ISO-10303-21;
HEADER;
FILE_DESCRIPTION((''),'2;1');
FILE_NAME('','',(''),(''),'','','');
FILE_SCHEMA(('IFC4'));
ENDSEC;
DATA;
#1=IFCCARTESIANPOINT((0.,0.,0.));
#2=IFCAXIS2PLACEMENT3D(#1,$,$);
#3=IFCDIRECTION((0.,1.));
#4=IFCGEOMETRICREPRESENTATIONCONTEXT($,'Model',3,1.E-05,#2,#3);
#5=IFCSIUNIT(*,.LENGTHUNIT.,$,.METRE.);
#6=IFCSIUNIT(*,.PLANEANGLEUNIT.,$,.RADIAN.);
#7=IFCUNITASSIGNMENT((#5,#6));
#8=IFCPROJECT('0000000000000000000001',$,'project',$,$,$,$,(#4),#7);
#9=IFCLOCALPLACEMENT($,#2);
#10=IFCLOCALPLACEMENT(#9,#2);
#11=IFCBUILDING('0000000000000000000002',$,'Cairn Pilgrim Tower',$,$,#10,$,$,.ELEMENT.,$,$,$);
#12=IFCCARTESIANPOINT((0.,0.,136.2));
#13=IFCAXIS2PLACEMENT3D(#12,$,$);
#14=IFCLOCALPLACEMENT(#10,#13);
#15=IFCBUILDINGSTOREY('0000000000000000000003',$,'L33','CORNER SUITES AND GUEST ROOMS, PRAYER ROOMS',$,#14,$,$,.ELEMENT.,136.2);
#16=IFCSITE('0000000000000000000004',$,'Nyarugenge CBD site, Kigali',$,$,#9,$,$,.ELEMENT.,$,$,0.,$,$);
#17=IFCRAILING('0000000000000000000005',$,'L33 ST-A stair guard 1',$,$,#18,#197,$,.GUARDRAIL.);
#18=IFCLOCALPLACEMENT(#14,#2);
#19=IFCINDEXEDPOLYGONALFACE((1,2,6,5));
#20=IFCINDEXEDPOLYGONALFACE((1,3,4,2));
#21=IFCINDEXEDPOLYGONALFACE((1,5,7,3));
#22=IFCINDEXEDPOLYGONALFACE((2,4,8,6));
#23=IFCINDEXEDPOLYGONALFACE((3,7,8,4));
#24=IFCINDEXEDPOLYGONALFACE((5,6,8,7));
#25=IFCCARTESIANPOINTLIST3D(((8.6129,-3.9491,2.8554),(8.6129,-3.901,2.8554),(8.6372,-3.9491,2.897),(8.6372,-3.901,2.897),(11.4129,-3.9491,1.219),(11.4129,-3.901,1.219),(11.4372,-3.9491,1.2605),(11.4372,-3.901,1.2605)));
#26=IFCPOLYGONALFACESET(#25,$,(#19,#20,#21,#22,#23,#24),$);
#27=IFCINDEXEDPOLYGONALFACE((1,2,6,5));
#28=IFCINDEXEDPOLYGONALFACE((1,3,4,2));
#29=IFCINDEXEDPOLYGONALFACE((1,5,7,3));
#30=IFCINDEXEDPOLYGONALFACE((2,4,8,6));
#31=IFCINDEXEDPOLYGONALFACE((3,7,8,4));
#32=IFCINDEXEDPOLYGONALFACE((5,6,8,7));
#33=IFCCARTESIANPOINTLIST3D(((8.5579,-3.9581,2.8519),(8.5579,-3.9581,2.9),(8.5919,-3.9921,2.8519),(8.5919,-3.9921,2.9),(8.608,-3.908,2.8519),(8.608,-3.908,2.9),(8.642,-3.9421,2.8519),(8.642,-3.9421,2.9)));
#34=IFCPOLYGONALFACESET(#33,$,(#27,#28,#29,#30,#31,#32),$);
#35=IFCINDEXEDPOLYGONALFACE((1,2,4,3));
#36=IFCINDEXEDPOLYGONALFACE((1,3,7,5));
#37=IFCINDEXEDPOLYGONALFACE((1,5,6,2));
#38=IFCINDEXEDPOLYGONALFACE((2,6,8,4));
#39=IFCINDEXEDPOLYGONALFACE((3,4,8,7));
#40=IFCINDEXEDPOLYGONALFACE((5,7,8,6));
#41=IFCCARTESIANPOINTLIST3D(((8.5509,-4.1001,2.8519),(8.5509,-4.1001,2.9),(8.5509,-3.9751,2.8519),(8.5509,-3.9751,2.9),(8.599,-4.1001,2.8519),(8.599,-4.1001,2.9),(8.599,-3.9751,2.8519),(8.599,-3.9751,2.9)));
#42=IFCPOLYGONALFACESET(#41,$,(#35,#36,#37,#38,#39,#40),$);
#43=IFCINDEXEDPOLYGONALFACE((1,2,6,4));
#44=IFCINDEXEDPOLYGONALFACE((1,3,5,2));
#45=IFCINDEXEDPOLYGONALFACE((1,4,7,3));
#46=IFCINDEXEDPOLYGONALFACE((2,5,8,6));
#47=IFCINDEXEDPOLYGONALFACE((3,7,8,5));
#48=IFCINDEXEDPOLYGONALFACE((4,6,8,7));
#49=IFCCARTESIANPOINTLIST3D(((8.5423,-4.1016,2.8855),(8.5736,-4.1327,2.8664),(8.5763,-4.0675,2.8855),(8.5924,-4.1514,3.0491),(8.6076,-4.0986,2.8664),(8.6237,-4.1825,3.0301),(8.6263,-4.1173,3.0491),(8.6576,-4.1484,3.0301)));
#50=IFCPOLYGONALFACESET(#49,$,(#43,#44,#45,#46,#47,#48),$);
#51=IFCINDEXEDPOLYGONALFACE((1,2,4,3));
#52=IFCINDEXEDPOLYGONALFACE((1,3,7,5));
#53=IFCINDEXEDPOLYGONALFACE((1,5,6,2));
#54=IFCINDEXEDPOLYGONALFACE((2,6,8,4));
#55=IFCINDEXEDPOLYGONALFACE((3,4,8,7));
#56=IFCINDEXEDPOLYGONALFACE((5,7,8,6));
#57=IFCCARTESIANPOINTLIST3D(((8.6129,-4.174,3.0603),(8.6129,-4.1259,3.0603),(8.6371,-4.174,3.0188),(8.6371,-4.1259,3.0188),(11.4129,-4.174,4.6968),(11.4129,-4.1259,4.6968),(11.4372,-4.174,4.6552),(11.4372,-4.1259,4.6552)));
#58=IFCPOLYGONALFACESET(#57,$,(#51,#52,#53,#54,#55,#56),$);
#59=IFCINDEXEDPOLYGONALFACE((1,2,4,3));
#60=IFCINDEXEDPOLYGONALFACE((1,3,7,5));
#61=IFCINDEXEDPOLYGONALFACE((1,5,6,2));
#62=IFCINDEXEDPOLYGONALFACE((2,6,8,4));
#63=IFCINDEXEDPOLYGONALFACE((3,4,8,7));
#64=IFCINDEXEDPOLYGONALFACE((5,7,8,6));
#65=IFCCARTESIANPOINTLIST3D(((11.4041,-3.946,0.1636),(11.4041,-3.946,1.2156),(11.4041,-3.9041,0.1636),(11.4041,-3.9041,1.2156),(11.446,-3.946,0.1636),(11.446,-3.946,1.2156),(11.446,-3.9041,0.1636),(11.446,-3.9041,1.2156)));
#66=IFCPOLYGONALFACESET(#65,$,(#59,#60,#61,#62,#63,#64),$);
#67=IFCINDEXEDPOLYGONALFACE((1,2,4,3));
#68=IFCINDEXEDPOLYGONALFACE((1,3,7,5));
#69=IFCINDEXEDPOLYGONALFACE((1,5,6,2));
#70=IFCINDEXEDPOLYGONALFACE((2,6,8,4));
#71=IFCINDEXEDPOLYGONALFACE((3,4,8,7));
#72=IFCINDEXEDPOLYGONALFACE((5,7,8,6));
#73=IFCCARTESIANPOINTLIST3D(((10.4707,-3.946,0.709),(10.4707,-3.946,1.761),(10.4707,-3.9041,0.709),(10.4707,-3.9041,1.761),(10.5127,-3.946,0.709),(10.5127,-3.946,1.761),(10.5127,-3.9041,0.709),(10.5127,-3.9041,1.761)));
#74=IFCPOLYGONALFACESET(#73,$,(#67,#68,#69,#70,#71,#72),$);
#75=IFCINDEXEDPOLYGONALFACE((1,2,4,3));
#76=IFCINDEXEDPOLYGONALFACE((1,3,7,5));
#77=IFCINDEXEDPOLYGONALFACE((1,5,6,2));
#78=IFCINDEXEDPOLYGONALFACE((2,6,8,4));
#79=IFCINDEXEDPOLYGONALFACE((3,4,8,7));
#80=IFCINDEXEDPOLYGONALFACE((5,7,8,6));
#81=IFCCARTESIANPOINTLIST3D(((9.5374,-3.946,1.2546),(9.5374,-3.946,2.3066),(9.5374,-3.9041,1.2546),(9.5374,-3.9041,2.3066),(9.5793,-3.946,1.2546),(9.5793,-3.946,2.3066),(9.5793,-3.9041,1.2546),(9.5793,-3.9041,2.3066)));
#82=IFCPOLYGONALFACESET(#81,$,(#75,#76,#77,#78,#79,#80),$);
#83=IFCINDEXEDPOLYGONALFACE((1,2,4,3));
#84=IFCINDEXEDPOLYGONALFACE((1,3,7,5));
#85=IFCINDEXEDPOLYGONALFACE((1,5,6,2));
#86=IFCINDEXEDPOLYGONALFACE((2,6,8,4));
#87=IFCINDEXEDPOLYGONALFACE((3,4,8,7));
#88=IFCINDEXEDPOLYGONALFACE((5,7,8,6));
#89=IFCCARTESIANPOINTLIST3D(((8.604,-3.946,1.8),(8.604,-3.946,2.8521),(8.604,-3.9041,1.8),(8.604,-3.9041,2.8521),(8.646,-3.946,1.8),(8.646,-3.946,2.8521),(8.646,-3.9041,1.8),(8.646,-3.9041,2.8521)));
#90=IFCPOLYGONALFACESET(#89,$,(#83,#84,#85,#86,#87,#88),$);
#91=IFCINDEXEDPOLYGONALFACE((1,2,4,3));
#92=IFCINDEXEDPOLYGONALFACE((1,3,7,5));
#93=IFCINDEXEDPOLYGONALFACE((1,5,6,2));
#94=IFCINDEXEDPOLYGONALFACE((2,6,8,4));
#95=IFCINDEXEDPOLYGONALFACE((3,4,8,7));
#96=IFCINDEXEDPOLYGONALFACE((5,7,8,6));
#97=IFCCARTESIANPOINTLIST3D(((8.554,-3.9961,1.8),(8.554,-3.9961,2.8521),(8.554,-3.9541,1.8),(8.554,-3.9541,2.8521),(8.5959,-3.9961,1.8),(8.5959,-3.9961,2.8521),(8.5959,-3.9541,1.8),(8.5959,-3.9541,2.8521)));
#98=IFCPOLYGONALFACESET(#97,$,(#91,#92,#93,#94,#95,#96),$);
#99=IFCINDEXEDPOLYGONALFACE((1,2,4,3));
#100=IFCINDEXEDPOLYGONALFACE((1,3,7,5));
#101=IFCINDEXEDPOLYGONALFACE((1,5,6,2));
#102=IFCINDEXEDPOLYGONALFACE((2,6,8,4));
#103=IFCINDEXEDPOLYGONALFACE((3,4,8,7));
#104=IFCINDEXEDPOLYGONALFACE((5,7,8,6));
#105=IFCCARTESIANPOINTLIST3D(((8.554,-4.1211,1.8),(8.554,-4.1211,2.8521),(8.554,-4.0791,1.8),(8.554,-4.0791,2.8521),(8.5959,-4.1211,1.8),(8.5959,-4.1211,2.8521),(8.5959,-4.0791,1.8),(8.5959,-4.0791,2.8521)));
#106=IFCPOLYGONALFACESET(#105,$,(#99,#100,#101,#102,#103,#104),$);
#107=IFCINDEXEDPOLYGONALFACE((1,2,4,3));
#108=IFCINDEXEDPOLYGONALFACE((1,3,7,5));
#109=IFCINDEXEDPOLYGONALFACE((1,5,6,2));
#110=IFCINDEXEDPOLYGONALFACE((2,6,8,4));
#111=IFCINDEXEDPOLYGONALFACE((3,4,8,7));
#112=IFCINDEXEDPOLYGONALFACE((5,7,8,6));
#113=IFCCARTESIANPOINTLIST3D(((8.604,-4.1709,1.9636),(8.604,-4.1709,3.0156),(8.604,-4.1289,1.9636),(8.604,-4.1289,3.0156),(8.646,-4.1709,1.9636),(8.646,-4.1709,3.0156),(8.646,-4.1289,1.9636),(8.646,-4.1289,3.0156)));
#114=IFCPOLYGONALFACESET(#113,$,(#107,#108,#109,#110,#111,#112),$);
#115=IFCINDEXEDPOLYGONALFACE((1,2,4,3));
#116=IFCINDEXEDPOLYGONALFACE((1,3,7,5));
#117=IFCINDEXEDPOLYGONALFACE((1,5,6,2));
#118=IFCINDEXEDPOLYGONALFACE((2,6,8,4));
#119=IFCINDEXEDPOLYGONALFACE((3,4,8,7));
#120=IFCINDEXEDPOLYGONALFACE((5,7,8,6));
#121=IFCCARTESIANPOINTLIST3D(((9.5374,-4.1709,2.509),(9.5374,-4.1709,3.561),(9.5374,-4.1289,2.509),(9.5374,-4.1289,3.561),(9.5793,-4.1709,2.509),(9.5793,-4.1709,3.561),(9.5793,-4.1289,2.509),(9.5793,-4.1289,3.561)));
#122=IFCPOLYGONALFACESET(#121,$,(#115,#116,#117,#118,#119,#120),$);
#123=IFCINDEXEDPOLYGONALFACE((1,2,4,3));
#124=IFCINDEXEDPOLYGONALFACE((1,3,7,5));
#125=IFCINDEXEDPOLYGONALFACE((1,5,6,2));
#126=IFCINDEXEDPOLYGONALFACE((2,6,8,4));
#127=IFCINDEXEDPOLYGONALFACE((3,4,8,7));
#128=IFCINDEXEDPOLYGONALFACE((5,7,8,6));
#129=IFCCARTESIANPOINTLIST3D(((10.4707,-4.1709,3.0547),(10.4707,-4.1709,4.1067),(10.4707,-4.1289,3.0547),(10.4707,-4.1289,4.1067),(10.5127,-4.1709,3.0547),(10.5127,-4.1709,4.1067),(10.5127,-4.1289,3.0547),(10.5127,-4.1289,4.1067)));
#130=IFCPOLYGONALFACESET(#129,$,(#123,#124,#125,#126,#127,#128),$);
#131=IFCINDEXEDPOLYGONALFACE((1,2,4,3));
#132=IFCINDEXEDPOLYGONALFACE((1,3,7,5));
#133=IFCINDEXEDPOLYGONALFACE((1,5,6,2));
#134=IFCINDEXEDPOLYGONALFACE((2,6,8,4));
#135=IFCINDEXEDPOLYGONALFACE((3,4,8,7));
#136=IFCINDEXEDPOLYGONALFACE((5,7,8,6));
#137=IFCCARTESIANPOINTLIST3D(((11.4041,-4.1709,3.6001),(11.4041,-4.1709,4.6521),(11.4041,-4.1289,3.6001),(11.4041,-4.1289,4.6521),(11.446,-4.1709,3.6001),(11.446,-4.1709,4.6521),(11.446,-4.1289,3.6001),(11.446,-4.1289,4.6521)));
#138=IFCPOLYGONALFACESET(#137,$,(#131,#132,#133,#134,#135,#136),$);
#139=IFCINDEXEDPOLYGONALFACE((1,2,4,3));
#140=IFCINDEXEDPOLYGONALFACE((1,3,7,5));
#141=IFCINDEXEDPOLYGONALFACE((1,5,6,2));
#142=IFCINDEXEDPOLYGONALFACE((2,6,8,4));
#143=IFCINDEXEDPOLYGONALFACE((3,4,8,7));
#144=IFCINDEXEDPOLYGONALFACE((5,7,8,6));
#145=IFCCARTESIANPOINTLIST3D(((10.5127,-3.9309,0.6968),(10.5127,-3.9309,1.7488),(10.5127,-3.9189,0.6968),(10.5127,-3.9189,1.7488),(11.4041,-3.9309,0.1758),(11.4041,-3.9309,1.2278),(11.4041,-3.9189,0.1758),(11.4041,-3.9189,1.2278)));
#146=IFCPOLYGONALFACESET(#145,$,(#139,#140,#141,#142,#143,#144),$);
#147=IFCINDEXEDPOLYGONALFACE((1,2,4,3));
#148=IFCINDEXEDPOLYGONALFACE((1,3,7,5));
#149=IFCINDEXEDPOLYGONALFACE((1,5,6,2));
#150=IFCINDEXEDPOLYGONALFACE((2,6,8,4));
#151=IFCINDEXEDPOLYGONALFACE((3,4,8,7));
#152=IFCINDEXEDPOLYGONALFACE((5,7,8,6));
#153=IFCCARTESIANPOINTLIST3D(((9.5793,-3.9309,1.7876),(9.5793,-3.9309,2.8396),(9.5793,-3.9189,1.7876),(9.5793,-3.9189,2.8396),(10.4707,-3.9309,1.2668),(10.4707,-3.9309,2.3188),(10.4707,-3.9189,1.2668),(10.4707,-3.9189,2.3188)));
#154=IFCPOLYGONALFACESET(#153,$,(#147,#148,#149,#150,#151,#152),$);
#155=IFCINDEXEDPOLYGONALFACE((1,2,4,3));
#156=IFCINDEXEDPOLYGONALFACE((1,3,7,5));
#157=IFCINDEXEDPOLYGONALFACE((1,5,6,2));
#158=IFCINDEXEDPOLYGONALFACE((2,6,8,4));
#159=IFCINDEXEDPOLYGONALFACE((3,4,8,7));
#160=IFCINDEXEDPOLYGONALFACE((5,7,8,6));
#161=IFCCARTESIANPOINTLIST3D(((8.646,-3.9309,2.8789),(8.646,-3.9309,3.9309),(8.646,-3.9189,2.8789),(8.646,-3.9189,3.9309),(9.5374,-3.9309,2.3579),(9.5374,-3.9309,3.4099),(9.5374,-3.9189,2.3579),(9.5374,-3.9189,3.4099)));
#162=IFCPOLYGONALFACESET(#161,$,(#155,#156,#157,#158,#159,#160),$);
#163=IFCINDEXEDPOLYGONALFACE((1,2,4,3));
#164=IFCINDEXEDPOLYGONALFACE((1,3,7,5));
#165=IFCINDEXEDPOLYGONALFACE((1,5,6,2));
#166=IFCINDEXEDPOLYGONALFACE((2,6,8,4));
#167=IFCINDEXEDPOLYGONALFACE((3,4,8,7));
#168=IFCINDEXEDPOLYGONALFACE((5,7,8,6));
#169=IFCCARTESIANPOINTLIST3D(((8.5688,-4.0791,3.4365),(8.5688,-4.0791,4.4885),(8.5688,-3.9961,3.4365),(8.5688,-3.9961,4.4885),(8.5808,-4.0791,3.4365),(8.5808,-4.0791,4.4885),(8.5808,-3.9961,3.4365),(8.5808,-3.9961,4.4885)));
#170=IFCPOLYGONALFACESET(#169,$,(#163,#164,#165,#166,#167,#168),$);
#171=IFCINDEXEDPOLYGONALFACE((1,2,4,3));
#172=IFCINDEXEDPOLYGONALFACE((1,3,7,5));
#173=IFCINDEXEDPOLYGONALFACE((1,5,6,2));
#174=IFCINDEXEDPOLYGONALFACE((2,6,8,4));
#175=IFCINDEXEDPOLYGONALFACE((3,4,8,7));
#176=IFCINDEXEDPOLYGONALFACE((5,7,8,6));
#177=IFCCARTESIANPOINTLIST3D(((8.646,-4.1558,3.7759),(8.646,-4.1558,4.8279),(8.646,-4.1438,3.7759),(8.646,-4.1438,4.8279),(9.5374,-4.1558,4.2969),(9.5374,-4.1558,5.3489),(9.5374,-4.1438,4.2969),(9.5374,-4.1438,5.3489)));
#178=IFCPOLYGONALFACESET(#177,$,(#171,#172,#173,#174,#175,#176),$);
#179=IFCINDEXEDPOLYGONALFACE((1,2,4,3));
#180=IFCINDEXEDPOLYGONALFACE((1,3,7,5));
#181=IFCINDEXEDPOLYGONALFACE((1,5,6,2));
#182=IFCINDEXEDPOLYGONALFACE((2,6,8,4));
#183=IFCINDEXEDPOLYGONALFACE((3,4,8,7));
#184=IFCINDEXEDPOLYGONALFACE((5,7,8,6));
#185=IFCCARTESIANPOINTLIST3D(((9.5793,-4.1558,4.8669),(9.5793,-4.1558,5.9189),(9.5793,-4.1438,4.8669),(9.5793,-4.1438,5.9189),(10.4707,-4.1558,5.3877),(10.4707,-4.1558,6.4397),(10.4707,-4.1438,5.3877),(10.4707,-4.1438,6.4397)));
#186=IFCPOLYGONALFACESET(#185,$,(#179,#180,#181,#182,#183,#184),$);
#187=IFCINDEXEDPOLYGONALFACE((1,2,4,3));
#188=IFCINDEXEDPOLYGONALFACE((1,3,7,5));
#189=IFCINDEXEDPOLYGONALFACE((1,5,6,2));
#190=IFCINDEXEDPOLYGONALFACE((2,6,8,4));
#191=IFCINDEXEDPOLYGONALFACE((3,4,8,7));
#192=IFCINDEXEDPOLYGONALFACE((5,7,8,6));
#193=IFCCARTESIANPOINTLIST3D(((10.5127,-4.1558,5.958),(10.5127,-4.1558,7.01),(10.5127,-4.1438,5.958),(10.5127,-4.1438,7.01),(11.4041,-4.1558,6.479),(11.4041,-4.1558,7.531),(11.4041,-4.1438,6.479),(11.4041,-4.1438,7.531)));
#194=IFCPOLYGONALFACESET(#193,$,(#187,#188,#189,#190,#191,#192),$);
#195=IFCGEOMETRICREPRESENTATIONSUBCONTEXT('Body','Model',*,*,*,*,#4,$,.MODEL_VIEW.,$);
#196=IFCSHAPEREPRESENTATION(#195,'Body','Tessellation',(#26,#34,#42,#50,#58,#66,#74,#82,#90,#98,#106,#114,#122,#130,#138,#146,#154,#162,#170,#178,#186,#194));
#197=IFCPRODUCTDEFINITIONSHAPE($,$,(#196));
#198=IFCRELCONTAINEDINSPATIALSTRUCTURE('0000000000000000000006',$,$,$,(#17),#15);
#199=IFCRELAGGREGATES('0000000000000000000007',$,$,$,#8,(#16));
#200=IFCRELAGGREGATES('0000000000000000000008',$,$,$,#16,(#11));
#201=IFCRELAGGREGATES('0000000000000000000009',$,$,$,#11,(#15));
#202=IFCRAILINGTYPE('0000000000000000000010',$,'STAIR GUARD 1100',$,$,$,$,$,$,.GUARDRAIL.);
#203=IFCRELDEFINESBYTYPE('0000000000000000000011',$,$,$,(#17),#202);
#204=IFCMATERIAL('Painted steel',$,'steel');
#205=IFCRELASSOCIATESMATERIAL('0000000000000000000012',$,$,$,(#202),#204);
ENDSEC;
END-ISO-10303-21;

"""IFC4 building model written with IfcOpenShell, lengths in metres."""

from ifc_helpers import new_model, si_unit, direction, frame, origin, origin_2d, place, context, subcontext, project, spatial, polyline, rectangle, outline, extrude, material, type_object, element, save


model = new_model("IFC4")

# Units and contexts
model_context = context("Model", 3, precision=1e-05, world=origin(), true_north=direction((0.0, 1.0)))
body_context = subcontext(model_context, "Body", "Model", "MODEL_VIEW")
ifc_project = project(units=[si_unit("LENGTHUNIT", "METRE"), si_unit("PLANEANGLEUNIT", "RADIAN")], contexts=[model_context])

# Site, building, storey
site_placement = place(None, origin())
site = spatial("IfcSite", under=ifc_project, at=site_placement, Name="Nyarugenge CBD site, Kigali", CompositionType="ELEMENT", RefElevation=0.0)
building_placement = place(site_placement, origin())
building = spatial("IfcBuilding", under=site, at=building_placement, Name="Cairn Pilgrim Tower", CompositionType="ELEMENT")
storey_placement = place(building_placement, frame((0.0, 0.0, 136.2)))
storey = spatial("IfcBuildingStorey", under=building, at=storey_placement, Name="L33", Description="CORNER SUITES AND GUEST ROOMS, PRAYER ROOMS", CompositionType="ELEMENT", Elevation=136.2)

# Railing
ifc_material_1 = material(Name="Painted steel", Category="steel")
railing_type_1 = type_object("IfcRailingType", Name="STAIR GUARD 1100", PredefinedType="GUARDRAIL", material=ifc_material_1)
railing_1_placement = place(storey_placement, frame((11.425, -3.925, 0.1636)))
element("IfcRailing", 1, at=railing_1_placement, inside=storey, type_object=railing_type_1, Name="L33 ST-A stair guard 1", PredefinedType="GUARDRAIL", context=body_context, shape_type="SweptSolid", body=[
    extrude(rectangle(XDim=0.0481, YDim=0.0481, at=origin_2d()), frame((0.0, 0.0, 1.0762), z_axis=(-0.863361, 0.0, 0.504587), x_axis=(0.0, -1.0, 0.0)), (0.0, 0.0, 1.0), 3.2432),
    extrude(rectangle(XDim=0.0481, YDim=0.0481, at=origin_2d()), frame((-2.8, 0.0, 2.7124), z_axis=(-0.707107, -0.707107, 0.0), x_axis=(0.707107, -0.707107, 0.0)), (0.0, 0.0, 1.0), 0.0708),
    extrude(rectangle(XDim=0.0481, YDim=0.0481, at=origin_2d()), frame((-2.8501, -0.05, 2.7124), z_axis=(0.0, -1.0, 0.0), x_axis=(1.0, 0.0, 0.0)), (0.0, 0.0, 1.0), 0.125),
    extrude(rectangle(XDim=0.0481, YDim=0.0481, at=origin_2d()), frame((-2.8501, -0.175, 2.7124), z_axis=(0.280917, -0.279546, 0.918118), x_axis=(0.705376, 0.708834, 0.0)), (0.0, 0.0, 1.0), 0.1782),
    extrude(rectangle(XDim=0.0481, YDim=0.0481, at=origin_2d()), frame((-2.8, -0.2249, 2.876), z_axis=(0.863361, 0.0, 0.504587), x_axis=(0.0, 1.0, 0.0)), (0.0, 0.0, 1.0), 3.2432),
    extrude(rectangle(XDim=0.042, YDim=0.042, at=origin_2d()), origin(), (0.0, 0.0, 1.0), 1.052),
    extrude(rectangle(XDim=0.042, YDim=0.042, at=origin_2d()), frame((-0.9333, 0.0, 0.5454)), (0.0, 0.0, 1.0), 1.052),
    extrude(rectangle(XDim=0.042, YDim=0.042, at=origin_2d()), frame((-1.8667, 0.0, 1.0911)), (0.0, 0.0, 1.0), 1.052),
    extrude(rectangle(XDim=0.042, YDim=0.042, at=origin_2d()), frame((-2.8, 0.0, 1.6365)), (0.0, 0.0, 1.0), 1.052),
    extrude(rectangle(XDim=0.042, YDim=0.042, at=origin_2d()), frame((-2.8501, -0.05, 1.6365)), (0.0, 0.0, 1.0), 1.052),
    extrude(rectangle(XDim=0.042, YDim=0.042, at=origin_2d()), frame((-2.8501, -0.175, 1.6365)), (0.0, 0.0, 1.0), 1.052),
    extrude(rectangle(XDim=0.042, YDim=0.042, at=origin_2d()), frame((-2.8, -0.2249, 1.8)), (0.0, 0.0, 1.0), 1.052),
    extrude(rectangle(XDim=0.042, YDim=0.042, at=origin_2d()), frame((-1.8667, -0.2249, 2.3455)), (0.0, 0.0, 1.0), 1.052),
    extrude(rectangle(XDim=0.042, YDim=0.042, at=origin_2d()), frame((-0.9333, -0.2249, 2.8911)), (0.0, 0.0, 1.0), 1.052),
    extrude(rectangle(XDim=0.042, YDim=0.042, at=origin_2d()), frame((0.0, -0.2249, 3.4365)), (0.0, 0.0, 1.0), 1.052),
    extrude(outline(polyline([(0.021, 0.0122), (0.9124, 0.5332), (0.9124, 1.5852), (0.021, 1.0642), (0.021, 0.0122)])), frame((0.0, -0.0059, 0.0), z_axis=(0.0, 1.0, 0.0), x_axis=(-1.0, 0.0, 0.0)), (0.0, 0.0, 1.0), 0.012),
    extrude(outline(polyline([(0.021, 0.5579), (0.9124, 1.0786), (0.9124, 2.1306), (0.021, 1.6099), (0.021, 0.5579)])), frame((-0.9333, -0.0059, 0.5454), z_axis=(0.0, 1.0, 0.0), x_axis=(-1.0, 0.0, 0.0)), (0.0, 0.0, 1.0), 0.012),
    extrude(outline(polyline([(0.021, 1.1033), (0.9124, 1.6243), (0.9124, 2.6763), (0.021, 2.1553), (0.021, 1.1033)])), frame((-1.8667, -0.0059, 1.0911), z_axis=(0.0, 1.0, 0.0), x_axis=(-1.0, 0.0, 0.0)), (0.0, 0.0, 1.0), 0.012),
    extrude(outline(polyline([(0.021, 1.6365), (0.104, 1.6365), (0.104, 2.6885), (0.021, 2.6885), (0.021, 1.6365)])), frame((-2.8442, -0.05, 1.6365), z_axis=(-1.0, 0.0, 0.0), x_axis=(0.0, -1.0, 0.0)), (0.0, 0.0, 1.0), 0.012),
    extrude(outline(polyline([(0.021, 1.8123), (0.9124, 2.3333), (0.9124, 3.3853), (0.021, 2.8643), (0.021, 1.8123)])), frame((-2.8, -0.2188, 1.8), z_axis=(0.0, -1.0, 0.0), x_axis=(1.0, 0.0, 0.0)), (0.0, 0.0, 1.0), 0.012),
    extrude(outline(polyline([(0.021, 2.3579), (0.9124, 2.8787), (0.9124, 3.9307), (0.021, 3.4099), (0.021, 2.3579)])), frame((-1.8667, -0.2188, 2.3455), z_axis=(0.0, -1.0, 0.0), x_axis=(1.0, 0.0, 0.0)), (0.0, 0.0, 1.0), 0.012),
    extrude(outline(polyline([(0.021, 2.9033), (0.9124, 3.4243), (0.9124, 4.4763), (0.021, 3.9553), (0.021, 2.9033)])), frame((-0.9333, -0.2188, 2.8911), z_axis=(0.0, -1.0, 0.0), x_axis=(1.0, 0.0, 0.0)), (0.0, 0.0, 1.0), 0.012),
])

save(model, "model.ifc")
